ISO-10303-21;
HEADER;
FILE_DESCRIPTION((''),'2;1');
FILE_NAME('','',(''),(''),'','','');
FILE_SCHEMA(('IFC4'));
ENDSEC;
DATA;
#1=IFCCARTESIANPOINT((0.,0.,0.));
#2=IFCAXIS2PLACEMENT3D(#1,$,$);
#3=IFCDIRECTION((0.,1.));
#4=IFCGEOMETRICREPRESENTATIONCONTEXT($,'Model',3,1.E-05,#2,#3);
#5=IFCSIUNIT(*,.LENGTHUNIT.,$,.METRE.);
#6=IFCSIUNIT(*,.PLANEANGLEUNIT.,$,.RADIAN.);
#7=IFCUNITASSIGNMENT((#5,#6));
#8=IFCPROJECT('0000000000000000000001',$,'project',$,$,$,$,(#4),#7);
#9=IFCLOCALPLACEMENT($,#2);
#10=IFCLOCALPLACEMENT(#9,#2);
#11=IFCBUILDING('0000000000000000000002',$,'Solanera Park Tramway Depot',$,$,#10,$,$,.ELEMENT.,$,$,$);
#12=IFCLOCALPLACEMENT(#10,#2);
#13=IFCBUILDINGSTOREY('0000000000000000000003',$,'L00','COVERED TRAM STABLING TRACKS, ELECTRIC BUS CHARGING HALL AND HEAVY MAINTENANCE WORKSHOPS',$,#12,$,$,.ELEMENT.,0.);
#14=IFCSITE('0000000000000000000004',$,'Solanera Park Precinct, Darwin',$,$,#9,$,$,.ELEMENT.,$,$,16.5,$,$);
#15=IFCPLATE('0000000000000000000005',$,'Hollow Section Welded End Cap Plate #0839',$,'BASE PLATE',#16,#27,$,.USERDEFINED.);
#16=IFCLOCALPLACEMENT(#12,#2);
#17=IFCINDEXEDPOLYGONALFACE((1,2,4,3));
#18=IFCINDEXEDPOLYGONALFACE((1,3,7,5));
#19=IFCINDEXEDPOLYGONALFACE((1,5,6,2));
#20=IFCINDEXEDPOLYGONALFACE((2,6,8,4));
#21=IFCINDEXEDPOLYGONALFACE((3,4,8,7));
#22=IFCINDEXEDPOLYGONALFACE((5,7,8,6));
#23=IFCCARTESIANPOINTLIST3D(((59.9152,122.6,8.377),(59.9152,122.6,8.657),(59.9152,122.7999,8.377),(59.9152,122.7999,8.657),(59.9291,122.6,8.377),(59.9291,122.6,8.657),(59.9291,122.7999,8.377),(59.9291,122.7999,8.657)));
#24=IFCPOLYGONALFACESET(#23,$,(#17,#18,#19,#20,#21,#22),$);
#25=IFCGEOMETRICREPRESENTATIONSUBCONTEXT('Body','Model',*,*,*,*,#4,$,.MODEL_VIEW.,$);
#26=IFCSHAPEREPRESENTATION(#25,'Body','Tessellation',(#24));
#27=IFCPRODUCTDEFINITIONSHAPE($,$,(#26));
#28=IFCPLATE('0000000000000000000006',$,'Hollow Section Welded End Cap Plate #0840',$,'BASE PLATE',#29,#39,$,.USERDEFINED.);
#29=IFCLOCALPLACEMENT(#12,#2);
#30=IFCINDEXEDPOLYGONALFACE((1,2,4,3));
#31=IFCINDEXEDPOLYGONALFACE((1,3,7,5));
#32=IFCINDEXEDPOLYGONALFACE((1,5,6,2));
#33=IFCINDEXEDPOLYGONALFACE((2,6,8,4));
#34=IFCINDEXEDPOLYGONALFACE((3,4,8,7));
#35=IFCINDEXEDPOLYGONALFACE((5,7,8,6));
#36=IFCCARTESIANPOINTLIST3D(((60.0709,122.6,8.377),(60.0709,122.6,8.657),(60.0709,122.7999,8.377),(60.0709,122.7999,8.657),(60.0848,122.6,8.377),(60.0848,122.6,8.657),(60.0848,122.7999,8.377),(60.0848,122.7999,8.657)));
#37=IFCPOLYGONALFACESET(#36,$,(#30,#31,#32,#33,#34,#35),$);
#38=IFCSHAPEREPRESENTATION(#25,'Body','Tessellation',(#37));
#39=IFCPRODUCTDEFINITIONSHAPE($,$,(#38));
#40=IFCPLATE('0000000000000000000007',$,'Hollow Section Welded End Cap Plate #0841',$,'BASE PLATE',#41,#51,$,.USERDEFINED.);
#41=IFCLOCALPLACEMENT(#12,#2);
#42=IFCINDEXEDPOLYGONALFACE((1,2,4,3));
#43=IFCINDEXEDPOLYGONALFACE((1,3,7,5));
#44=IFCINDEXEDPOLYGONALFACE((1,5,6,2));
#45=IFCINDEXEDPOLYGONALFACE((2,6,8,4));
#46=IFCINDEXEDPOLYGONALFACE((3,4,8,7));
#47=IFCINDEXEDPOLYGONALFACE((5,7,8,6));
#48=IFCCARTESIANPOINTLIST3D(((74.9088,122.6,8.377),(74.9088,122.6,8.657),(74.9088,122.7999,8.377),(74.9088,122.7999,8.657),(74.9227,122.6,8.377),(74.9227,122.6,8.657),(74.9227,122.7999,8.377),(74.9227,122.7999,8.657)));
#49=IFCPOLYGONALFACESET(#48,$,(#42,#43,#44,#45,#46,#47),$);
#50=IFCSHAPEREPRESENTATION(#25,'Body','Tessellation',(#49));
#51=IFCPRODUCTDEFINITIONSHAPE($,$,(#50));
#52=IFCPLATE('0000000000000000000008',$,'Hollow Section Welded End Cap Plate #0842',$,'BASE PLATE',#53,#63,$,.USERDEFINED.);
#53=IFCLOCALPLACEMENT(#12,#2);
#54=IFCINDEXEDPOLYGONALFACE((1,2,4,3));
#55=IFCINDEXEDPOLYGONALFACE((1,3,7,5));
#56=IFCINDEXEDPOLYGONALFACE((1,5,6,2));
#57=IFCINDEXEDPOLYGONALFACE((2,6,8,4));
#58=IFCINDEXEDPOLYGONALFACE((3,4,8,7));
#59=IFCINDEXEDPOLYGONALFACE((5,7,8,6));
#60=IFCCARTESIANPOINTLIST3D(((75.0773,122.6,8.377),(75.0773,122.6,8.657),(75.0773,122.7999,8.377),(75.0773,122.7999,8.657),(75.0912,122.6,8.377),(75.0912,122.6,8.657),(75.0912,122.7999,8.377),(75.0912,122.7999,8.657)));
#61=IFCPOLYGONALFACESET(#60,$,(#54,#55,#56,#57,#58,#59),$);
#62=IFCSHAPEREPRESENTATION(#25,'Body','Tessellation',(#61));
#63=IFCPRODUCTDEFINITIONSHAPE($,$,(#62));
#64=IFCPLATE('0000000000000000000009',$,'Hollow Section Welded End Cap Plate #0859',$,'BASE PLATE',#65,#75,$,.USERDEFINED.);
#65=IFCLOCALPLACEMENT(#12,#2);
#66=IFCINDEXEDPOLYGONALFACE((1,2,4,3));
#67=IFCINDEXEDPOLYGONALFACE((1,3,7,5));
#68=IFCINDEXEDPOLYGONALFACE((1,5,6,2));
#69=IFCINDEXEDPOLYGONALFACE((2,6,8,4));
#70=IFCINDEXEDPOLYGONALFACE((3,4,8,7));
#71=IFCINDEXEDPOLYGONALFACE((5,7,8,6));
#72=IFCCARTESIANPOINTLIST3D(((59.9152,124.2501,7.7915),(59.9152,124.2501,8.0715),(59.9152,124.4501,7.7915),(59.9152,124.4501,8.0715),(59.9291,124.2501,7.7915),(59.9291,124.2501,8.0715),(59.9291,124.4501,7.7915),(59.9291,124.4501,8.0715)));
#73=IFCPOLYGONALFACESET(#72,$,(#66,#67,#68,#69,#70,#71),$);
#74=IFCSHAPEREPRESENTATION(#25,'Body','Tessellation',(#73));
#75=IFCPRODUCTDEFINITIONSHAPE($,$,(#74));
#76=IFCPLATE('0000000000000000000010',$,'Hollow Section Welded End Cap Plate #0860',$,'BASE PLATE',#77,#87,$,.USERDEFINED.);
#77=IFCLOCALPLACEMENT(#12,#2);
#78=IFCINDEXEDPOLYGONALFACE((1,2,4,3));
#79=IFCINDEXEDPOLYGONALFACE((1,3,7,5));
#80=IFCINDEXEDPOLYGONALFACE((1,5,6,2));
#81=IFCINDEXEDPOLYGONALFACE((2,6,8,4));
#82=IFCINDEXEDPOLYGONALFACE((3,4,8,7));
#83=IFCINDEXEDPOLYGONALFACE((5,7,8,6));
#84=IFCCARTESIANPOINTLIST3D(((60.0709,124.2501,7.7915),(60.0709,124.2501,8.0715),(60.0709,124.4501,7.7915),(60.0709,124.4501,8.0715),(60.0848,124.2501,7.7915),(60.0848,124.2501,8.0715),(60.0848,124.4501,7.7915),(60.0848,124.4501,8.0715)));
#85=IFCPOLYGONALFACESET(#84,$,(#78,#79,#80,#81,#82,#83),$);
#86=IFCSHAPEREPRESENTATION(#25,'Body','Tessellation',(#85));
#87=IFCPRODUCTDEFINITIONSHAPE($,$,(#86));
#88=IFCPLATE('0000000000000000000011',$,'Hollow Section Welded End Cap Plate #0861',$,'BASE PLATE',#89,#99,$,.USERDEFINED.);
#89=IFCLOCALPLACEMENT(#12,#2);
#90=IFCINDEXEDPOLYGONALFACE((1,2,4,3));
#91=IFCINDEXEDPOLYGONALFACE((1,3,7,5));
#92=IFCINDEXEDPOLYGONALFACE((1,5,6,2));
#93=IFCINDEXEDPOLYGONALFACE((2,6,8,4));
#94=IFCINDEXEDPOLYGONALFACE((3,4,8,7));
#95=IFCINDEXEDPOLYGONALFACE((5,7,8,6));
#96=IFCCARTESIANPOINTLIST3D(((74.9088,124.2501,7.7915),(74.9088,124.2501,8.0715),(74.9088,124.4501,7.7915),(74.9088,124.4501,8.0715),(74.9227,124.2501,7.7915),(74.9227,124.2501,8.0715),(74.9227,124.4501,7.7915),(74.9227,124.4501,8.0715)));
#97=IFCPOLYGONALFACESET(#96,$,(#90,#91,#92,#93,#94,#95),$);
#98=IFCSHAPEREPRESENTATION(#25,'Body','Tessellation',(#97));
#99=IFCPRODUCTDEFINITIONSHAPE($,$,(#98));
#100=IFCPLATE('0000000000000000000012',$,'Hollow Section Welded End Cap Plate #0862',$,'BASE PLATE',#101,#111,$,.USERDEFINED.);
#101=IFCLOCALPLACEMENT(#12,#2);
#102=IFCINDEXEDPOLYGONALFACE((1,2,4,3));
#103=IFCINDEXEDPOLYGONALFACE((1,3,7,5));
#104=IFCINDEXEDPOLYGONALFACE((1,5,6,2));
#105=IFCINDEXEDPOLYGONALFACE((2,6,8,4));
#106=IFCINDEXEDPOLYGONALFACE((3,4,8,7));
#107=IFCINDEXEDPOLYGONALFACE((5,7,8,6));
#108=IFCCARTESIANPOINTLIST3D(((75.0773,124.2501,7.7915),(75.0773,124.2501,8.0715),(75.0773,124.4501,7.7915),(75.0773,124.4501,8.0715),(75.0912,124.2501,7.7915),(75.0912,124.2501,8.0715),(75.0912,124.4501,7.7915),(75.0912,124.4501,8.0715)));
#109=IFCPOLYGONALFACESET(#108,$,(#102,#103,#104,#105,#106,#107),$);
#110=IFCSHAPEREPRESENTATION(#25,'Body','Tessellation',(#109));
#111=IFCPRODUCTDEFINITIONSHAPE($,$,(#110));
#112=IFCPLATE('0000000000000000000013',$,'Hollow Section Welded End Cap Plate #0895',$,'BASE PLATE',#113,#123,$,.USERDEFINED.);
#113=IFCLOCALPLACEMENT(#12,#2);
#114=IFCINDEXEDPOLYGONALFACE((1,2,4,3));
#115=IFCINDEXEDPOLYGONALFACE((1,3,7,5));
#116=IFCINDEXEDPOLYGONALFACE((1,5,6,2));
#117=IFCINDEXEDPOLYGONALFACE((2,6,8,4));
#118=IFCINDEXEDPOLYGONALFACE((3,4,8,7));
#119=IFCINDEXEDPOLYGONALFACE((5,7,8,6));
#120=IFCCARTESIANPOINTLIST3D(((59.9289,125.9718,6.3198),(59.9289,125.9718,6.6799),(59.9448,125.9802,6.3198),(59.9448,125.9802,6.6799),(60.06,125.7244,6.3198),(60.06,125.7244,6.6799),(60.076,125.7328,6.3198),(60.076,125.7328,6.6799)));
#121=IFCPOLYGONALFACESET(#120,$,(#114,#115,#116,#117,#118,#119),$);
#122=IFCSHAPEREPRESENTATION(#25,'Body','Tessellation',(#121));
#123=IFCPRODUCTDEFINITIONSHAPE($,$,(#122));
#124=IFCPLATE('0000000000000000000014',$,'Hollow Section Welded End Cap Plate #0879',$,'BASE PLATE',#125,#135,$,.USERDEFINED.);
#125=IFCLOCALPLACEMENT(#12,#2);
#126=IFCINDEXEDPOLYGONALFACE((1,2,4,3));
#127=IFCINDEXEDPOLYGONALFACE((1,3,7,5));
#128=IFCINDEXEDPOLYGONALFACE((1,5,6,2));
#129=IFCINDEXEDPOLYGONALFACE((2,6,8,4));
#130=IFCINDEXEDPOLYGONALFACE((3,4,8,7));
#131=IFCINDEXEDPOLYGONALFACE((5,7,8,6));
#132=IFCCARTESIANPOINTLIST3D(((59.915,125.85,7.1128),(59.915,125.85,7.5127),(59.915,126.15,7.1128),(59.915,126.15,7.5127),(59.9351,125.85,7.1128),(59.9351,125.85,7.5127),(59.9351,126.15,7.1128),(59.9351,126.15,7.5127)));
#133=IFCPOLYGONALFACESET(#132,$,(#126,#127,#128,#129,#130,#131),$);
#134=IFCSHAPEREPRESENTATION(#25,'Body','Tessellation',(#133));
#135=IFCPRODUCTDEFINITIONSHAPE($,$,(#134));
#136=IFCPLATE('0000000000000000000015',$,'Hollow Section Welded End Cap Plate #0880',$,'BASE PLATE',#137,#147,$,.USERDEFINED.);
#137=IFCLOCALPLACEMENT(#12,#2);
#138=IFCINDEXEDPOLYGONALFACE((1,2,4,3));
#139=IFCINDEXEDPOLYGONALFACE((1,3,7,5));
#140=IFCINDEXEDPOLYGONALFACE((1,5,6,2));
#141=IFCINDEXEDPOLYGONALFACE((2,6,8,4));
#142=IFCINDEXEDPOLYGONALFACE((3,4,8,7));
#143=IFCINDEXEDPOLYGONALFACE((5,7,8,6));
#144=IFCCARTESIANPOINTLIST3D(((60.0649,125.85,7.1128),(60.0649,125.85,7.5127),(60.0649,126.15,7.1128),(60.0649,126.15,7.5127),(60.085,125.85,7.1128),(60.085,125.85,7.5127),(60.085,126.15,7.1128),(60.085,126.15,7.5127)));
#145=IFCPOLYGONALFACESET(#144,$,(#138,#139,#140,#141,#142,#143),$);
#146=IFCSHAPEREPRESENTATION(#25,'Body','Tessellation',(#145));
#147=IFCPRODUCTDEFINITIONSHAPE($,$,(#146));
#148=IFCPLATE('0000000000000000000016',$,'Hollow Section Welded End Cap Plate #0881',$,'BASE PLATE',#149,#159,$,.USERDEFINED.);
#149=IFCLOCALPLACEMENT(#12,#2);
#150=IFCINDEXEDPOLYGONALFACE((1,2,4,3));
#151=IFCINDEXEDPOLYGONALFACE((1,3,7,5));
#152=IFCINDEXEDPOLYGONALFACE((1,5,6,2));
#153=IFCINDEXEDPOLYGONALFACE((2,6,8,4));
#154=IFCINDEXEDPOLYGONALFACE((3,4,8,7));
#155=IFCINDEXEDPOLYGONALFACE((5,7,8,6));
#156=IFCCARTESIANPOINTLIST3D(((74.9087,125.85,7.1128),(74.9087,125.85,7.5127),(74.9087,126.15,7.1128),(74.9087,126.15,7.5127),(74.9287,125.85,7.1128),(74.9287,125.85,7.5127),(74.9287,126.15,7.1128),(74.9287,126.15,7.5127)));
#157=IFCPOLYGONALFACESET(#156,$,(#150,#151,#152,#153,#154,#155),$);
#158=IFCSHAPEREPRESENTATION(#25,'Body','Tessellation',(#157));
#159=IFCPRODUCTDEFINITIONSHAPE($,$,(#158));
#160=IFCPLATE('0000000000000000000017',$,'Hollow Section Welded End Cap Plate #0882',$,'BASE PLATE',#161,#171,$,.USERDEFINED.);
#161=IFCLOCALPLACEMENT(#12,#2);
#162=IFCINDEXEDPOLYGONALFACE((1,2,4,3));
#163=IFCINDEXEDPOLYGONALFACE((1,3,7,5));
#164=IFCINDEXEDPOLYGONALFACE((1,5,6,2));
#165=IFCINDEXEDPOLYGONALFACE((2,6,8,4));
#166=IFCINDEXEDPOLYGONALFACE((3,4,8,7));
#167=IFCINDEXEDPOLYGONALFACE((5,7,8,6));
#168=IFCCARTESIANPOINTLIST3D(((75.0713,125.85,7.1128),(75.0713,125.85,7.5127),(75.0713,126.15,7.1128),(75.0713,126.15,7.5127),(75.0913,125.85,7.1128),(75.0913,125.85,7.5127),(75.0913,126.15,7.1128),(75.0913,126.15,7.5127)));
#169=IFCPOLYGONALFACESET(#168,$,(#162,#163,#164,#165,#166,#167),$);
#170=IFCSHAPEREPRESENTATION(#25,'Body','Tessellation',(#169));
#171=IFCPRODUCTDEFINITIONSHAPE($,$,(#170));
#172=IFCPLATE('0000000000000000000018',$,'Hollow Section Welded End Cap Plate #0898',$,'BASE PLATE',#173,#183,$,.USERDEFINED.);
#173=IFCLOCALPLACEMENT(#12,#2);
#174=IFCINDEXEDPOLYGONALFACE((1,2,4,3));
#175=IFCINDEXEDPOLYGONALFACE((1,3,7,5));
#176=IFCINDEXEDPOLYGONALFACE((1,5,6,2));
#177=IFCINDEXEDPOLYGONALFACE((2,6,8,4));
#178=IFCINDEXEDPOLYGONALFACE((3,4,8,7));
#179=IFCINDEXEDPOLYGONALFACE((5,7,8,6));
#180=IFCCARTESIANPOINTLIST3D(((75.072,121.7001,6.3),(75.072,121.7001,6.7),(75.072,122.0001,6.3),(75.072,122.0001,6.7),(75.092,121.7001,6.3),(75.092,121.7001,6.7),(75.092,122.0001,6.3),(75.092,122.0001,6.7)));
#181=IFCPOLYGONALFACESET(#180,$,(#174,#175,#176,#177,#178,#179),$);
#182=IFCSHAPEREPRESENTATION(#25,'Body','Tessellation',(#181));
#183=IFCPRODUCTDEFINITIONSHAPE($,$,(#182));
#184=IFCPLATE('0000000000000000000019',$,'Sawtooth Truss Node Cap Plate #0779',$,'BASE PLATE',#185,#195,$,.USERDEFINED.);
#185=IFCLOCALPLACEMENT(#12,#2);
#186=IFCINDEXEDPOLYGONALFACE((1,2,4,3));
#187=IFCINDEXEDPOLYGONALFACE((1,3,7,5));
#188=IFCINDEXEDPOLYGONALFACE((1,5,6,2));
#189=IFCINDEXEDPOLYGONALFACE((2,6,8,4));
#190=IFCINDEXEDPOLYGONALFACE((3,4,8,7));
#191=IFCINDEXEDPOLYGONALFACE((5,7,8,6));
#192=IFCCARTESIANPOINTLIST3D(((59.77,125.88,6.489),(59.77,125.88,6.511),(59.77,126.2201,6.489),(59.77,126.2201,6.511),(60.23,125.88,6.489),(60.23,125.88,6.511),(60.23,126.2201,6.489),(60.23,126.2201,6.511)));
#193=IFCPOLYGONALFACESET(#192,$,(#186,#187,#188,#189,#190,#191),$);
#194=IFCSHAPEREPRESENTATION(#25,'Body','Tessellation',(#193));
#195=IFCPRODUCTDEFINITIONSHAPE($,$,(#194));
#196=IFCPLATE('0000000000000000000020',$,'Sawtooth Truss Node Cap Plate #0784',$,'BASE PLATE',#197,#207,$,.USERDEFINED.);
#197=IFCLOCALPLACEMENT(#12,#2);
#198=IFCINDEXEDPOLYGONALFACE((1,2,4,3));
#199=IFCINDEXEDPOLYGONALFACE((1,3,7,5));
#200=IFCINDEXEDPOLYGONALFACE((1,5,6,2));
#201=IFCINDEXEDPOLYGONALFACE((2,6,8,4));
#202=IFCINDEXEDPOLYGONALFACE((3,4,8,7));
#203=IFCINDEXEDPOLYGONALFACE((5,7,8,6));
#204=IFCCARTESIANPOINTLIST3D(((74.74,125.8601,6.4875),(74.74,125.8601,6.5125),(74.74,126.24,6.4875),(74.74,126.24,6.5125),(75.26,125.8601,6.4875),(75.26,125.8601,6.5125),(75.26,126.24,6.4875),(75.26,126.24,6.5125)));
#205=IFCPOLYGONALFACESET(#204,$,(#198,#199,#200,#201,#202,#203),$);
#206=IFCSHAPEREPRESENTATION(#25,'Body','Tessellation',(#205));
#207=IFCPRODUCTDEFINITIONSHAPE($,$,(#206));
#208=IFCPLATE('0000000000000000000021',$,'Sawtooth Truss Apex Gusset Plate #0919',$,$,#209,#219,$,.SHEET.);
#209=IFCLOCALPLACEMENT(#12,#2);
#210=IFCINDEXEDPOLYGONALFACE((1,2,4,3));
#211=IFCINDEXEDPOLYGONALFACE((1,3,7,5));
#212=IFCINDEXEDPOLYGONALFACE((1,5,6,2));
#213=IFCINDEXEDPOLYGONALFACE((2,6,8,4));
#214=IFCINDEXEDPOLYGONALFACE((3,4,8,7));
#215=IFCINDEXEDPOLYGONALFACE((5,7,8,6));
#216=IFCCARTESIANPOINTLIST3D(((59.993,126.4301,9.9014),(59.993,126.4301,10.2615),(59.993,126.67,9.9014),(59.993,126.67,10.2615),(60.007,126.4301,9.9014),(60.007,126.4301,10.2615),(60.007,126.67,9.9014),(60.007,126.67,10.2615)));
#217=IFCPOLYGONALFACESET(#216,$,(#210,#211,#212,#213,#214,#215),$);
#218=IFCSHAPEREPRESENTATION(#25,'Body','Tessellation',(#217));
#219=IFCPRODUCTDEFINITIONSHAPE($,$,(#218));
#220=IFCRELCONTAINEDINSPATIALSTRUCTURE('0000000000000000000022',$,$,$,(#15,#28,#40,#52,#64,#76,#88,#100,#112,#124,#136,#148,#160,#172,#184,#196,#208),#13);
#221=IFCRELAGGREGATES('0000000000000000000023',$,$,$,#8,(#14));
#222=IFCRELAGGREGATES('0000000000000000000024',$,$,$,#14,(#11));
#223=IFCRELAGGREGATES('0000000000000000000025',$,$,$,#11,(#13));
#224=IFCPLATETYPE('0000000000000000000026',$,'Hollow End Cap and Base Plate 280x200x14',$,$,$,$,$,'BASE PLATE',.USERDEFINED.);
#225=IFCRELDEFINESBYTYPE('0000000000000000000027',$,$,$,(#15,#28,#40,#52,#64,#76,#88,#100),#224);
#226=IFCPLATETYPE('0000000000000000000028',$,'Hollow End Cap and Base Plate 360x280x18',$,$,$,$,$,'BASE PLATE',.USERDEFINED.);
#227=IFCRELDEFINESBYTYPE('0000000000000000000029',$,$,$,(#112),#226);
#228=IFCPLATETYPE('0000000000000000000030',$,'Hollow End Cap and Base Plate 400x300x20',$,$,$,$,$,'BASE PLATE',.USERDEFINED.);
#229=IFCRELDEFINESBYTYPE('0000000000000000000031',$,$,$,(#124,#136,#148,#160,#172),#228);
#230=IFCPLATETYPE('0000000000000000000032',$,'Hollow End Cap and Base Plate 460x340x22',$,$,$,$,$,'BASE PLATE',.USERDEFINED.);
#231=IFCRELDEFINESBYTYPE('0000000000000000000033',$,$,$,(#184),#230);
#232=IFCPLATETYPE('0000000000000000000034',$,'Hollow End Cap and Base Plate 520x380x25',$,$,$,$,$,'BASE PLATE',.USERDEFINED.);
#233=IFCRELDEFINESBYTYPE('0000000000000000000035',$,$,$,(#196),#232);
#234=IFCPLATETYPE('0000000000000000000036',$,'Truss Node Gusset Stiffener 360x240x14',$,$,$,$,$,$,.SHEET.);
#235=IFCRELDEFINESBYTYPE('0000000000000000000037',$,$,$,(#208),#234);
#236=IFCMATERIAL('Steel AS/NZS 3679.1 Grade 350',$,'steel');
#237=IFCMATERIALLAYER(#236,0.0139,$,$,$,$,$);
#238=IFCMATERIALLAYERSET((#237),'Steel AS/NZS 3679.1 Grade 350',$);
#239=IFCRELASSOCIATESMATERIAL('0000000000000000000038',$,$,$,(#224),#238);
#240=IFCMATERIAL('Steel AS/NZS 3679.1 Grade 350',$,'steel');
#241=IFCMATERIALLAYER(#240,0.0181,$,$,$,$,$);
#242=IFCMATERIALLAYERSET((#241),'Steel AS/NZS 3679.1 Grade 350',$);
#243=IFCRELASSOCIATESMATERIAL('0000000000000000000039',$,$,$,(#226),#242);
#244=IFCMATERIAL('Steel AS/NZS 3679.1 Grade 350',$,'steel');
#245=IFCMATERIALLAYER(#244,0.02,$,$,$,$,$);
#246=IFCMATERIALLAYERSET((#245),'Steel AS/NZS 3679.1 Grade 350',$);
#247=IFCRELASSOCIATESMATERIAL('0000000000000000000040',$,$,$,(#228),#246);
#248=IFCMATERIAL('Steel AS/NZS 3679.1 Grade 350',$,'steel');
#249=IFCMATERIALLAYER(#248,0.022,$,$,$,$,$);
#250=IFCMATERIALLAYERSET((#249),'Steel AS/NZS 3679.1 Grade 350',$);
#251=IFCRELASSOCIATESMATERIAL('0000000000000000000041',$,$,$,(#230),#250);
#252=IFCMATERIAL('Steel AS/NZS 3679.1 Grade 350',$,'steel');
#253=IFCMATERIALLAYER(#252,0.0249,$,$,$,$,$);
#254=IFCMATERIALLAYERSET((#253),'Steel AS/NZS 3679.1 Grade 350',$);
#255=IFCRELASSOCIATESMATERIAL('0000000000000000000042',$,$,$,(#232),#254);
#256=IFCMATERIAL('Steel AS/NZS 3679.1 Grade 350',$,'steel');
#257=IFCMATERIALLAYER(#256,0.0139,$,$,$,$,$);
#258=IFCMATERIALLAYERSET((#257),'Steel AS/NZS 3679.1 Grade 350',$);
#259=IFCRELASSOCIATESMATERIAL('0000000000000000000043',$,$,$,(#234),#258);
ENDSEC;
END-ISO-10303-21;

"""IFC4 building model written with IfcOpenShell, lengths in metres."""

from ifc_helpers import new_model, si_unit, direction, frame, origin, origin_2d, place, context, subcontext, project, spatial, rectangle, extrude, material, layer, layer_set, type_object, element, save


model = new_model("IFC4")

# Units and contexts
model_context = context("Model", 3, precision=1e-05, world=origin(), true_north=direction((0.0, 1.0)))
body_context = subcontext(model_context, "Body", "Model", "MODEL_VIEW")
ifc_project = project(units=[si_unit("LENGTHUNIT", "METRE"), si_unit("PLANEANGLEUNIT", "RADIAN")], contexts=[model_context])

# Site, building, storey
site_placement = place(None, origin())
site = spatial("IfcSite", under=ifc_project, at=site_placement, Name="Solanera Park Precinct, Darwin", CompositionType="ELEMENT", RefElevation=16.5)
building_placement = place(site_placement, origin())
building = spatial("IfcBuilding", under=site, at=building_placement, Name="Solanera Park Tramway Depot", CompositionType="ELEMENT")
storey_placement = place(building_placement, origin())
storey = spatial("IfcBuildingStorey", under=building, at=storey_placement, Name="L00", Description="COVERED TRAM STABLING TRACKS, ELECTRIC BUS CHARGING HALL AND HEAVY MAINTENANCE WORKSHOPS", CompositionType="ELEMENT", Elevation=0.0)

# Plates
ifc_material_1 = material(Name="Steel AS/NZS 3679.1 Grade 350", Category="steel")
ifc_layer_1 = layer(ifc_material_1, 0.0139)
ifc_layer_set_1 = layer_set([ifc_layer_1], Name="Steel AS/NZS 3679.1 Grade 350")
plate_type_1 = type_object("IfcPlateType", Name="Hollow End Cap and Base Plate 280x200x14", ElementType="BASE PLATE", PredefinedType="USERDEFINED", material=ifc_layer_set_1)
for number, where, z_axis, x_axis, name in (
    (1, (59.9221, 122.7, 8.377), (0.0, 0.0, 1.0), (1.0, 0.0, 0.0), "Hollow Section Welded End Cap Plate #0839"),
    (2, (60.0779, 122.7, 8.377), (0.0, 0.0, 1.0), (1.0, 0.0, 0.0), "Hollow Section Welded End Cap Plate #0840"),
    (3, (74.9158, 122.7, 8.377), (0.0, 0.0, 1.0), (1.0, 0.0, 0.0), "Hollow Section Welded End Cap Plate #0841"),
    (4, (75.0842, 122.7, 8.377), (0.0, 0.0, 1.0), (1.0, 0.0, 0.0), "Hollow Section Welded End Cap Plate #0842"),
    (5, (59.9221, 124.3501, 7.7915), (0.0, 0.0, 1.0), (1.0, 0.0, 0.0), "Hollow Section Welded End Cap Plate #0859"),
    (6, (60.0779, 124.3501, 7.7915), (0.0, 0.0, 1.0), (1.0, 0.0, 0.0), "Hollow Section Welded End Cap Plate #0860"),
    (7, (74.9158, 124.3501, 7.7915), (0.0, 0.0, 1.0), (1.0, 0.0, 0.0), "Hollow Section Welded End Cap Plate #0861"),
    (8, (75.0842, 124.3501, 7.7915), (0.0, 0.0, 1.0), (1.0, 0.0, 0.0), "Hollow Section Welded End Cap Plate #0862"),
):
    element("IfcPlate", number, at=place(storey_placement, frame(where, z_axis=z_axis, x_axis=x_axis)), inside=storey, type_object=plate_type_1, Name=name, ObjectType="BASE PLATE", PredefinedType="USERDEFINED", context=body_context, shape_type="SweptSolid", body=[
        extrude(rectangle(XDim=0.0139, YDim=0.2, at=origin_2d()), origin(), (0.0, 0.0, 1.0), 0.28),
    ])
ifc_material_2 = material(Name="Steel AS/NZS 3679.1 Grade 350", Category="steel")
ifc_layer_2 = layer(ifc_material_2, 0.0181)
ifc_layer_set_2 = layer_set([ifc_layer_2], Name="Steel AS/NZS 3679.1 Grade 350")
plate_type_2 = type_object("IfcPlateType", Name="Hollow End Cap and Base Plate 360x280x18", ElementType="BASE PLATE", PredefinedType="USERDEFINED", material=ifc_layer_set_2)
plate_1_placement = place(storey_placement, frame((60.0024, 125.8523, 6.3198), z_axis=(0.0, 0.0, 1.0), x_axis=(0.883521, 0.468392, 0.0)))
element("IfcPlate", 9, at=plate_1_placement, inside=storey, type_object=plate_type_2, Name="Hollow Section Welded End Cap Plate #0895", ObjectType="BASE PLATE", PredefinedType="USERDEFINED", context=body_context, shape_type="SweptSolid", body=[
    extrude(rectangle(XDim=0.0181, YDim=0.28, at=origin_2d()), origin(), (0.0, 0.0, 1.0), 0.3601),
])
ifc_material_3 = material(Name="Steel AS/NZS 3679.1 Grade 350", Category="steel")
ifc_layer_3 = layer(ifc_material_3, 0.02)
ifc_layer_set_3 = layer_set([ifc_layer_3], Name="Steel AS/NZS 3679.1 Grade 350")
plate_type_3 = type_object("IfcPlateType", Name="Hollow End Cap and Base Plate 400x300x20", ElementType="BASE PLATE", PredefinedType="USERDEFINED", material=ifc_layer_set_3)
for number, where, z_axis, x_axis, name in (
    (10, (59.925, 126.0, 7.1128), (0.0, 0.0, 1.0), (1.0, 0.0, 0.0), "Hollow Section Welded End Cap Plate #0879"),
    (11, (60.075, 126.0, 7.1128), (0.0, 0.0, 1.0), (1.0, 0.0, 0.0), "Hollow Section Welded End Cap Plate #0880"),
    (12, (74.9187, 126.0, 7.1128), (0.0, 0.0, 1.0), (1.0, 0.0, 0.0), "Hollow Section Welded End Cap Plate #0881"),
    (13, (75.0813, 126.0, 7.1128), (0.0, 0.0, 1.0), (1.0, 0.0, 0.0), "Hollow Section Welded End Cap Plate #0882"),
    (14, (75.082, 121.8501, 6.3), (0.0, 0.0, 1.0), (1.0, 0.0, 0.0), "Hollow Section Welded End Cap Plate #0898"),
):
    element("IfcPlate", number, at=place(storey_placement, frame(where, z_axis=z_axis, x_axis=x_axis)), inside=storey, type_object=plate_type_3, Name=name, ObjectType="BASE PLATE", PredefinedType="USERDEFINED", context=body_context, shape_type="SweptSolid", body=[
        extrude(rectangle(XDim=0.02, YDim=0.3, at=origin_2d()), origin(), (0.0, 0.0, 1.0), 0.3999),
    ])
ifc_material_4 = material(Name="Steel AS/NZS 3679.1 Grade 350", Category="steel")
ifc_layer_4 = layer(ifc_material_4, 0.022)
ifc_layer_set_4 = layer_set([ifc_layer_4], Name="Steel AS/NZS 3679.1 Grade 350")
plate_type_4 = type_object("IfcPlateType", Name="Hollow End Cap and Base Plate 460x340x22", ElementType="BASE PLATE", PredefinedType="USERDEFINED", material=ifc_layer_set_4)
plate_2_placement = place(storey_placement, frame((60.0, 126.05, 6.489), z_axis=(0.0, 0.0, 1.0), x_axis=(1.0, 0.0, 0.0)))
element("IfcPlate", 15, at=plate_2_placement, inside=storey, type_object=plate_type_4, Name="Sawtooth Truss Node Cap Plate #0779", ObjectType="BASE PLATE", PredefinedType="USERDEFINED", context=body_context, shape_type="SweptSolid", body=[
    extrude(rectangle(XDim=0.46, YDim=0.3401, at=origin_2d()), origin(), (0.0, 0.0, 1.0), 0.022),
])
ifc_material_5 = material(Name="Steel AS/NZS 3679.1 Grade 350", Category="steel")
ifc_layer_5 = layer(ifc_material_5, 0.0249)
ifc_layer_set_5 = layer_set([ifc_layer_5], Name="Steel AS/NZS 3679.1 Grade 350")
plate_type_5 = type_object("IfcPlateType", Name="Hollow End Cap and Base Plate 520x380x25", ElementType="BASE PLATE", PredefinedType="USERDEFINED", material=ifc_layer_set_5)
plate_3_placement = place(storey_placement, frame((75.0, 126.05, 6.4875), z_axis=(0.0, 0.0, 1.0), x_axis=(1.0, 0.0, 0.0)))
element("IfcPlate", 16, at=plate_3_placement, inside=storey, type_object=plate_type_5, Name="Sawtooth Truss Node Cap Plate #0784", ObjectType="BASE PLATE", PredefinedType="USERDEFINED", context=body_context, shape_type="SweptSolid", body=[
    extrude(rectangle(XDim=0.52, YDim=0.3799, at=origin_2d()), origin(), (0.0, 0.0, 1.0), 0.0249),
])
ifc_material_6 = material(Name="Steel AS/NZS 3679.1 Grade 350", Category="steel")
ifc_layer_6 = layer(ifc_material_6, 0.0139)
ifc_layer_set_6 = layer_set([ifc_layer_6], Name="Steel AS/NZS 3679.1 Grade 350")
plate_type_6 = type_object("IfcPlateType", Name="Truss Node Gusset Stiffener 360x240x14", PredefinedType="SHEET", material=ifc_layer_set_6)
plate_4_placement = place(storey_placement, frame((60.0, 126.55, 9.9014), z_axis=(0.0, 0.0, 1.0), x_axis=(1.0, 0.0, 0.0)))
element("IfcPlate", 17, at=plate_4_placement, inside=storey, type_object=plate_type_6, Name="Sawtooth Truss Apex Gusset Plate #0919", PredefinedType="SHEET", context=body_context, shape_type="SweptSolid", body=[
    extrude(rectangle(XDim=0.0139, YDim=0.24, at=origin_2d()), origin(), (0.0, 0.0, 1.0), 0.3601),
])

save(model, "model.ifc")
